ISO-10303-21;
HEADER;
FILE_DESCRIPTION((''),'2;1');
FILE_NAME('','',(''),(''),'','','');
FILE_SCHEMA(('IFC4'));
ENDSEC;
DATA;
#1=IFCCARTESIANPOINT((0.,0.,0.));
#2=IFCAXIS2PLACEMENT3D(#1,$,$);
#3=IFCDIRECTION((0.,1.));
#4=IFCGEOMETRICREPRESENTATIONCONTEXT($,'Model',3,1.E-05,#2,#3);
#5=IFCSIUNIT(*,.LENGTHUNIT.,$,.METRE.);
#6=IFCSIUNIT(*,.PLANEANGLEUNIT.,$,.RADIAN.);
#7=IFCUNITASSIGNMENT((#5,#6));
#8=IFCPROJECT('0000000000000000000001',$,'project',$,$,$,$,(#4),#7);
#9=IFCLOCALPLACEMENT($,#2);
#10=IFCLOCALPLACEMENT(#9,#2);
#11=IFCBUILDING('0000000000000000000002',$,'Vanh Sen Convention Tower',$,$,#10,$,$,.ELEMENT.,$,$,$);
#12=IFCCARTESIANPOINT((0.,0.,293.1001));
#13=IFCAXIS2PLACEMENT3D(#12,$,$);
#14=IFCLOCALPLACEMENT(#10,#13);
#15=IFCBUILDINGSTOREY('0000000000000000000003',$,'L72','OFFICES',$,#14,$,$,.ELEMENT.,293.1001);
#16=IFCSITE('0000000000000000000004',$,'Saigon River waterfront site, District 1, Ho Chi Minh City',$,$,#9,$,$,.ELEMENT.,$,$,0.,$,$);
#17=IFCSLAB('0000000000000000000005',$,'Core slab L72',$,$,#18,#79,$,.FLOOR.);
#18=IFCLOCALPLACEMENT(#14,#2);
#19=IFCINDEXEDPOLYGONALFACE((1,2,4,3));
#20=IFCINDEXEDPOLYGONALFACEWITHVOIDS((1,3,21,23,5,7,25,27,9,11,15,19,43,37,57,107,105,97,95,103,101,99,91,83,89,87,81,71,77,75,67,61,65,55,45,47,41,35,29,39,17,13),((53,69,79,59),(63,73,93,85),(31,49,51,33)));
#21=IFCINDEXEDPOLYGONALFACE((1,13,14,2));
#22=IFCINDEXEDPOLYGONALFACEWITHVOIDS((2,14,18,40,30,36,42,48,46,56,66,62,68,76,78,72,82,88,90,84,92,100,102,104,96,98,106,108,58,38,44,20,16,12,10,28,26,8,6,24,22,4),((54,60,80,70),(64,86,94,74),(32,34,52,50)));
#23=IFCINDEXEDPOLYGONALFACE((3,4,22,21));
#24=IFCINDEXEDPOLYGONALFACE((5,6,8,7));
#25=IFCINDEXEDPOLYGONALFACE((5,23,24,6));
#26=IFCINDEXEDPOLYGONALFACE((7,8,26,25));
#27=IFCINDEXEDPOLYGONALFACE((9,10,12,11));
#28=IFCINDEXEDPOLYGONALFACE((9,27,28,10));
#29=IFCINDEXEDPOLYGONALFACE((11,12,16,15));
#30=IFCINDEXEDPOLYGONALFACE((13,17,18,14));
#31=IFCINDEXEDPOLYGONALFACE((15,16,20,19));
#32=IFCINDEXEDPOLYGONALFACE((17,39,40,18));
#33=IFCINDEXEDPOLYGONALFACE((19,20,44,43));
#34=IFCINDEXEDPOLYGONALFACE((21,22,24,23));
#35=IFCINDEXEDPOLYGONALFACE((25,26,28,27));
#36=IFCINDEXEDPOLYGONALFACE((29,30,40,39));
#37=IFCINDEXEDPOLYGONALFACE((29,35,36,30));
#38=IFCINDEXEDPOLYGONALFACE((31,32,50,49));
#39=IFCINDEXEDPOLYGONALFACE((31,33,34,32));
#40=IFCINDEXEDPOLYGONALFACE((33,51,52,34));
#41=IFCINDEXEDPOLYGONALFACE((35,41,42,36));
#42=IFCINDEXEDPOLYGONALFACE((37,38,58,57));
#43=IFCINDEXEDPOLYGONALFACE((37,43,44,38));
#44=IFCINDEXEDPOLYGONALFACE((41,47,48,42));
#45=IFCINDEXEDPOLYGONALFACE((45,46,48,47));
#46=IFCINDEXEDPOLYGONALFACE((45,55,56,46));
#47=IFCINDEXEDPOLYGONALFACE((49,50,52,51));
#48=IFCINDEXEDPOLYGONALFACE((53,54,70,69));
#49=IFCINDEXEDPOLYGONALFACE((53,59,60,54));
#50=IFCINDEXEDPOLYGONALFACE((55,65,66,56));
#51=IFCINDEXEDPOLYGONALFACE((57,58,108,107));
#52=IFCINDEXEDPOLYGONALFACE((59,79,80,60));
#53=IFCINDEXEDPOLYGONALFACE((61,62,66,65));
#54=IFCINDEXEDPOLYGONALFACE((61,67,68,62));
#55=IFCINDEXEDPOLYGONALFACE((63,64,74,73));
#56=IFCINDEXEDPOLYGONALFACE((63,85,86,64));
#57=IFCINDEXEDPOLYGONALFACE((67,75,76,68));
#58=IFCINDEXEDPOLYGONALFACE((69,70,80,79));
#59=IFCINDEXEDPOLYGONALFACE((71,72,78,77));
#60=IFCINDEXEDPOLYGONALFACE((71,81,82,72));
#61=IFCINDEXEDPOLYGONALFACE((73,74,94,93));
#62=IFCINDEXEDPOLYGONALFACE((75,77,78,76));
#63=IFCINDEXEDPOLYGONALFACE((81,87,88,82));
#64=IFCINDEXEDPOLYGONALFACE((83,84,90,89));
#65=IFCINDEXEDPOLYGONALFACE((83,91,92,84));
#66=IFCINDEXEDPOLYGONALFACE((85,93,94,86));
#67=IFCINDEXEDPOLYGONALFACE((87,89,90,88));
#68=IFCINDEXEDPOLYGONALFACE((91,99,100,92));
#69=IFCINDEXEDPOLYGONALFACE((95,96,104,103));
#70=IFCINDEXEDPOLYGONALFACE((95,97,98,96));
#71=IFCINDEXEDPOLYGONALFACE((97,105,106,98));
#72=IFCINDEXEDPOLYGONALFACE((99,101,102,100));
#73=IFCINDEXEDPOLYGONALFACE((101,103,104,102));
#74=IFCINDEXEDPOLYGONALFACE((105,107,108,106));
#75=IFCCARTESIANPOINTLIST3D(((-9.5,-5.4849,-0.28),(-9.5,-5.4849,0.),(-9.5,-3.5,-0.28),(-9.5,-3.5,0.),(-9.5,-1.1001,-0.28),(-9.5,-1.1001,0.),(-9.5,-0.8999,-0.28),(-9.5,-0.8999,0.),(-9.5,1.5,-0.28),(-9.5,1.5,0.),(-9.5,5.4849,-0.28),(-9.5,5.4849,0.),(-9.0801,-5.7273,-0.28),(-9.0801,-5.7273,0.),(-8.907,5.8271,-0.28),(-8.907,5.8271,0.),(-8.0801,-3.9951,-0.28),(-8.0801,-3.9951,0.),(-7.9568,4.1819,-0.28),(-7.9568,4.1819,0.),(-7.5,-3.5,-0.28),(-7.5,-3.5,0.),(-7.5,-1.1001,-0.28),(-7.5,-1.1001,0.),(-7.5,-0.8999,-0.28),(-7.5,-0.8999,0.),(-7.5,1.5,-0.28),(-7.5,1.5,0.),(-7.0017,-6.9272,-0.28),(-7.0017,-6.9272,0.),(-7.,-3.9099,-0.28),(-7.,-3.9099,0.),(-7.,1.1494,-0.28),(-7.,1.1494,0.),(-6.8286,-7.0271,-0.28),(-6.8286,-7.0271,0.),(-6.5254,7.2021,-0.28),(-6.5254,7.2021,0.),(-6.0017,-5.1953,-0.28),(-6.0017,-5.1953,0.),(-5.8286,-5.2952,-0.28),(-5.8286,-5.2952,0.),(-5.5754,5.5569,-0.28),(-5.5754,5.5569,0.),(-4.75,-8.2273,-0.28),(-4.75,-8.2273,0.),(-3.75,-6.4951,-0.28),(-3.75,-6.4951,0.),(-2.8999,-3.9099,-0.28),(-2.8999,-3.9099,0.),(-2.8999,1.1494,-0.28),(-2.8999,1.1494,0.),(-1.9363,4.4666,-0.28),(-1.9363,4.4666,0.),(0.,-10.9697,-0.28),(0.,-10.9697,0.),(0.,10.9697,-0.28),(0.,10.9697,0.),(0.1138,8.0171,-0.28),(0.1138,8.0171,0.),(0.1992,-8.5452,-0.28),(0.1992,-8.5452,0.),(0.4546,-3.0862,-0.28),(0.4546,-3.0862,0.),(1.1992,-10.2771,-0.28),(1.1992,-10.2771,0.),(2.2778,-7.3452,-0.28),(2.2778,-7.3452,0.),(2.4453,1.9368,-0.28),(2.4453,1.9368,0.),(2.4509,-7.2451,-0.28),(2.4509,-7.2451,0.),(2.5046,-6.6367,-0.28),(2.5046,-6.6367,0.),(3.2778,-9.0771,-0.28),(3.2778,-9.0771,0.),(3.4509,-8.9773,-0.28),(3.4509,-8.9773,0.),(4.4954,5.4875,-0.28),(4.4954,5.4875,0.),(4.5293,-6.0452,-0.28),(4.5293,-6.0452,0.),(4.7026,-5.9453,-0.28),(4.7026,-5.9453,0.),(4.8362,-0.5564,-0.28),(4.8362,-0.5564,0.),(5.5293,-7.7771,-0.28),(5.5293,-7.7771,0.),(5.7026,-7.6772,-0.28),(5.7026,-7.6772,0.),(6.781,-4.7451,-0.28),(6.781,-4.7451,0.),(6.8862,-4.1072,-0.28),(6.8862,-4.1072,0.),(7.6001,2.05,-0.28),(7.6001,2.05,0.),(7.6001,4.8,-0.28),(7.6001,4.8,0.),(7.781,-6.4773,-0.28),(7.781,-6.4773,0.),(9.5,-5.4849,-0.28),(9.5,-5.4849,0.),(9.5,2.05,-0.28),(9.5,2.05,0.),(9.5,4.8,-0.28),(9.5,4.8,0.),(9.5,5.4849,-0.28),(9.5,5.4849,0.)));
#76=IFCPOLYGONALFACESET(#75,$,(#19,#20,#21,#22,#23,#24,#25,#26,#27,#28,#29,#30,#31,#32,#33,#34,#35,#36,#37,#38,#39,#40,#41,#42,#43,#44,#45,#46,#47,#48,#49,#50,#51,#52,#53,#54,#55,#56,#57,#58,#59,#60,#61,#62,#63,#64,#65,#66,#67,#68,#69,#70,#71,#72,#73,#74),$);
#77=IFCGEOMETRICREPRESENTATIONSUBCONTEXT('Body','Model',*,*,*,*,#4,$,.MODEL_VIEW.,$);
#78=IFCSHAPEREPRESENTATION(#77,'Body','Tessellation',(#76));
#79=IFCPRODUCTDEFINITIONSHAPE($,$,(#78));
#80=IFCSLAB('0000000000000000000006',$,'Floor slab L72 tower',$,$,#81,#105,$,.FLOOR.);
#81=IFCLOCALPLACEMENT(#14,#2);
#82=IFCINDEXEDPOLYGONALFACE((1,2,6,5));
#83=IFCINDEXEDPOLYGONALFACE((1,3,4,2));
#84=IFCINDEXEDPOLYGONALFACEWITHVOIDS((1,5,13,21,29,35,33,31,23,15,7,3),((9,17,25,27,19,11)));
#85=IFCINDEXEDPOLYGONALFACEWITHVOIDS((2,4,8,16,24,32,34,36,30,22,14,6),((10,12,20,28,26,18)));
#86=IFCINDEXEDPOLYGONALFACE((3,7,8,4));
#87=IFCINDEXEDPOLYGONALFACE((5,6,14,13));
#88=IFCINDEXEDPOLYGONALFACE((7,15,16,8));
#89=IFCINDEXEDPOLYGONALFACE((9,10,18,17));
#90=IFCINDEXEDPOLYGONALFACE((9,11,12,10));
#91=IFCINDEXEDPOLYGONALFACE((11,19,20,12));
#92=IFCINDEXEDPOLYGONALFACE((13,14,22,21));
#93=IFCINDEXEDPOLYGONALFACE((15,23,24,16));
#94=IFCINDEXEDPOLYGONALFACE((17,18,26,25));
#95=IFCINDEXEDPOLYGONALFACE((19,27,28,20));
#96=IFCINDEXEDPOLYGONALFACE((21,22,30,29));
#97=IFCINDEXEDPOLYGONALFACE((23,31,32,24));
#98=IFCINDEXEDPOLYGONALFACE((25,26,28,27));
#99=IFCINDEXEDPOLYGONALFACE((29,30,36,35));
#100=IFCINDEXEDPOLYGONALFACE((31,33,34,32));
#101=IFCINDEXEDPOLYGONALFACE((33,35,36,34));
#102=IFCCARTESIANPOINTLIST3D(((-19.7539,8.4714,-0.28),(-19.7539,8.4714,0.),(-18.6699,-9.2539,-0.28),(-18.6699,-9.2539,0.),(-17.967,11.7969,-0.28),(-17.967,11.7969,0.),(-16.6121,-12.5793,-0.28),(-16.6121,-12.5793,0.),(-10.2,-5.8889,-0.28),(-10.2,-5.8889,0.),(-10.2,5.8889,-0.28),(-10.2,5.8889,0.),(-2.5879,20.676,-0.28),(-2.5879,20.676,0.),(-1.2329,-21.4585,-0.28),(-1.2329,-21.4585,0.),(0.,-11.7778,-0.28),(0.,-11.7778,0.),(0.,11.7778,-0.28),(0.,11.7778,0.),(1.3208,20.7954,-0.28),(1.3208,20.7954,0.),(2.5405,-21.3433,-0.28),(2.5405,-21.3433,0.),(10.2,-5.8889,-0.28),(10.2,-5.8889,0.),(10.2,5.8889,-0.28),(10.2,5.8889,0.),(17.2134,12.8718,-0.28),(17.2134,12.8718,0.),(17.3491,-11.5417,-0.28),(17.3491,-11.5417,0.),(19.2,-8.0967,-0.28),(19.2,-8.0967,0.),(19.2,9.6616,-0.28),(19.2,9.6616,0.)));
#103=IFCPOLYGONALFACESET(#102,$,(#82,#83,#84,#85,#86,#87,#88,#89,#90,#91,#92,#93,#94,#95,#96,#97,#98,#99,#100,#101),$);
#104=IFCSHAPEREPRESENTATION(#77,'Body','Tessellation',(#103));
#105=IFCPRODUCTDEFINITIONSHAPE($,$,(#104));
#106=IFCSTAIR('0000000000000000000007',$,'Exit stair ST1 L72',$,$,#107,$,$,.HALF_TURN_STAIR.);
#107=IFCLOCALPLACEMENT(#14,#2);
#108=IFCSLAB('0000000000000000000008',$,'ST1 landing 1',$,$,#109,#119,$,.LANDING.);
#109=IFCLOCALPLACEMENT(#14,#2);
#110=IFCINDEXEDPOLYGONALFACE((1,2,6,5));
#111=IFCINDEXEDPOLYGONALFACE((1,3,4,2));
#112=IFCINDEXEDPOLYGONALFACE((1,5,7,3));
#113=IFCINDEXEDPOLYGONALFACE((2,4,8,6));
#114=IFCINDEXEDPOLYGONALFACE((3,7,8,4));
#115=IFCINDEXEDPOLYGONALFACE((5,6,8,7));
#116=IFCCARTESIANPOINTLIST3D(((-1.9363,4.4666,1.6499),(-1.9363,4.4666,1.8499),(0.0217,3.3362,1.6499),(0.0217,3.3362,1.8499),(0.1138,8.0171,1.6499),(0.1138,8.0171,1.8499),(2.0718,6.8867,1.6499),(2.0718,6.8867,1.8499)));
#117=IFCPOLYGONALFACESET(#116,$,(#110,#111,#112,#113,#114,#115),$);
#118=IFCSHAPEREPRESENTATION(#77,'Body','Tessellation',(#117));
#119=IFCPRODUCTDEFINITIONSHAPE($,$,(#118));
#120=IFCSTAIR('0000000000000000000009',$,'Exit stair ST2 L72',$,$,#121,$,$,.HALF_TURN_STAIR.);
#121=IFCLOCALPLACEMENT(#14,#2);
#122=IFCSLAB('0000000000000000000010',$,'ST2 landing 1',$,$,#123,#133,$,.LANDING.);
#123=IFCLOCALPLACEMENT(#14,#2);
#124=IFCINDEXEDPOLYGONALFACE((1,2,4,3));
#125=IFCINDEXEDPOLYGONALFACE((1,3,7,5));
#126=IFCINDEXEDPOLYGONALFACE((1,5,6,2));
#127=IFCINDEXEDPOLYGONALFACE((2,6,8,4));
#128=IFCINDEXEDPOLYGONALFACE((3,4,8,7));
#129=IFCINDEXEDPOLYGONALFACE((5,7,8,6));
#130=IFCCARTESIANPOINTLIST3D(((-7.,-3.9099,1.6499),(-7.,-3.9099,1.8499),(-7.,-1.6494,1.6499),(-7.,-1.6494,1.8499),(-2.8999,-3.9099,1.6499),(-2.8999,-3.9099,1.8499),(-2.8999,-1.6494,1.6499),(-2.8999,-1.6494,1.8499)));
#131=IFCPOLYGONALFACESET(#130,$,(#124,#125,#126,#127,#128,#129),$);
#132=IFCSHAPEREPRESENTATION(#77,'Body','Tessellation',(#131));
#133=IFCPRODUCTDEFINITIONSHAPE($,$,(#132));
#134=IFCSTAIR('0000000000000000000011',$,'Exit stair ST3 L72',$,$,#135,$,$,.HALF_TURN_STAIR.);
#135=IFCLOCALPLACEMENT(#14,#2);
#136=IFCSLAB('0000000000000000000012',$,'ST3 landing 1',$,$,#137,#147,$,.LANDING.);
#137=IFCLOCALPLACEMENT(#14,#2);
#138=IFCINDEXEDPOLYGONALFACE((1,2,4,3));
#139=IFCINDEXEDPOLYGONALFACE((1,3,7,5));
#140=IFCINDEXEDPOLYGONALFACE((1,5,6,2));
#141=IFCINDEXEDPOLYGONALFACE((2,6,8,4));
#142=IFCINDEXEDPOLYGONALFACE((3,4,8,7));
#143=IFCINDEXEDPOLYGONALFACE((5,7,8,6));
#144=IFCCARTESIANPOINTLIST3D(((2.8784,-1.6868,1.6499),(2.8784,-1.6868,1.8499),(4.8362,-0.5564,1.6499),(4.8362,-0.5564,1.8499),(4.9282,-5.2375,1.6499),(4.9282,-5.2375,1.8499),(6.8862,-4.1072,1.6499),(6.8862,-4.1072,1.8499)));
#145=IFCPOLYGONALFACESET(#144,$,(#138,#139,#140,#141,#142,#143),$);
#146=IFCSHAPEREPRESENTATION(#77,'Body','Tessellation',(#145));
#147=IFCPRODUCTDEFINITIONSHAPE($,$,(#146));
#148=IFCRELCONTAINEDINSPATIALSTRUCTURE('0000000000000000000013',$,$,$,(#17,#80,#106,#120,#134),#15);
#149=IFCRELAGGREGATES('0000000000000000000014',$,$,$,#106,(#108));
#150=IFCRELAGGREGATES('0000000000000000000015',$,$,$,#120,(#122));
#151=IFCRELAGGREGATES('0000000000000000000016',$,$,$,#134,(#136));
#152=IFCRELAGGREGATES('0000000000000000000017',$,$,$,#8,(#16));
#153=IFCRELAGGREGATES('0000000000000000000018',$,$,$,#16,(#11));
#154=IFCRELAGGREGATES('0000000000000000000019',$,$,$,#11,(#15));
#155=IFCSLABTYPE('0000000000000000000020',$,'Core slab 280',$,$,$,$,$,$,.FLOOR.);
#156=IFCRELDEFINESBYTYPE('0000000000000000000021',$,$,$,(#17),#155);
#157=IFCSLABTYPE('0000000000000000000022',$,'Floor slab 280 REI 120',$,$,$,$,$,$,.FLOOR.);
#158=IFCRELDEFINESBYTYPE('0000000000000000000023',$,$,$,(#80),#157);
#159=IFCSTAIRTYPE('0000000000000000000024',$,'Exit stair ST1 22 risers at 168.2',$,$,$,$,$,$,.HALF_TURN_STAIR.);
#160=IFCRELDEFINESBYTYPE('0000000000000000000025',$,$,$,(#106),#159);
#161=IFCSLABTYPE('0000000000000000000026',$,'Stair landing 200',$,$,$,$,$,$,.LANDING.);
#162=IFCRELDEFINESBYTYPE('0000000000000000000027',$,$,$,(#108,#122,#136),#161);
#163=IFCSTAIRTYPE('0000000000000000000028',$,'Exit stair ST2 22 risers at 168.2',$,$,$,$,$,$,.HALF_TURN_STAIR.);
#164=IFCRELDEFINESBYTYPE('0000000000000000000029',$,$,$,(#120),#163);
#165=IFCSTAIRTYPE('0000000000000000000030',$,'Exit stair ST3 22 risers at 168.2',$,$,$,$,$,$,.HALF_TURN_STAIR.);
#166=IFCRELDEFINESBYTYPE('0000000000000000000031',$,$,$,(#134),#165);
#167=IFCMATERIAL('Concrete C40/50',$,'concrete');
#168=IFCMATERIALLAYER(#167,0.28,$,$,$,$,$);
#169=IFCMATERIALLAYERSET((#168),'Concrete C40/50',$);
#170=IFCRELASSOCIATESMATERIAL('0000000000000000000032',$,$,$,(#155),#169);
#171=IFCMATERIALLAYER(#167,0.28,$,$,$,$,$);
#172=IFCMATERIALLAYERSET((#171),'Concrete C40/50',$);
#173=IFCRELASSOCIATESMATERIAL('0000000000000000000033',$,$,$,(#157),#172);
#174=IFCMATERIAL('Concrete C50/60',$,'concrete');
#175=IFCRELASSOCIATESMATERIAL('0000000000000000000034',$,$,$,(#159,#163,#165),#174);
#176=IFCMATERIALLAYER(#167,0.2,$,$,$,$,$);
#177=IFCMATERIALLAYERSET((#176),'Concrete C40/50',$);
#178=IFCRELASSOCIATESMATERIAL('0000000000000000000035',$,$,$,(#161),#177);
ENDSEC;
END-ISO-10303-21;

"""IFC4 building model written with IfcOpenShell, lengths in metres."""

from ifc_helpers import new_model, si_unit, direction, frame, origin, place, context, subcontext, project, spatial, polyline, outline, extrude, material, layer, layer_set, type_object, element, aggregate, save


model = new_model("IFC4")

# Units and contexts
model_context = context("Model", 3, precision=1e-05, world=origin(), true_north=direction((0.0, 1.0)))
body_context = subcontext(model_context, "Body", "Model", "MODEL_VIEW")
ifc_project = project(units=[si_unit("LENGTHUNIT", "METRE"), si_unit("PLANEANGLEUNIT", "RADIAN")], contexts=[model_context])

# Site, building, storey
site_placement = place(None, origin())
site = spatial("IfcSite", under=ifc_project, at=site_placement, Name="Saigon River waterfront site, District 1, Ho Chi Minh City", CompositionType="ELEMENT", RefElevation=0.0)
building_placement = place(site_placement, origin())
building = spatial("IfcBuilding", under=site, at=building_placement, Name="Vanh Sen Convention Tower", CompositionType="ELEMENT")
storey_placement = place(building_placement, frame((0.0, 0.0, 293.1001)))
storey = spatial("IfcBuildingStorey", under=building, at=storey_placement, Name="L72", Description="OFFICES", CompositionType="ELEMENT", Elevation=293.1001)

# Slabs
ifc_material_1 = material(Name="Concrete C40/50", Category="concrete")
ifc_layer_1 = layer(ifc_material_1, 0.28)
ifc_layer_set_1 = layer_set([ifc_layer_1], Name="Concrete C40/50")
slab_type_1 = type_object("IfcSlabType", Name="Core slab 280", PredefinedType="FLOOR", material=ifc_layer_set_1)
slab_1_placement = place(storey_placement, frame((0.0, 0.0, -0.28)))
element("IfcSlab", 1, at=slab_1_placement, inside=storey, type_object=slab_type_1, Name="Core slab L72", PredefinedType="FLOOR", context=body_context, shape_type="SweptSolid", body=[
    extrude(outline(polyline([(0.0, 10.9697), (9.5, 5.4849), (9.5, 4.8), (7.6001, 4.8), (7.6001, 2.05), (9.5, 2.05), (9.5, -5.4849), (7.781, -6.4773), (6.781, -4.7451), (4.7026, -5.9453), (5.7026, -7.6772), (5.5293, -7.7771), (4.5293, -6.0452), (2.4509, -7.2451), (3.4509, -8.9773), (3.2778, -9.0771), (2.2778, -7.3452), (0.1992, -8.5452), (1.1992, -10.2771), (0.0, -10.9697), (-4.75, -8.2273), (-3.75, -6.4951), (-5.8286, -5.2952), (-6.8286, -7.0271), (-7.0017, -6.9272), (-6.0017, -5.1953), (-8.0801, -3.9951), (-9.0801, -5.7273), (-9.5, -5.4849), (-9.5, -3.5), (-7.5, -3.5), (-7.5, -1.1001), (-9.5, -1.1001), (-9.5, -0.8999), (-7.5, -0.8999), (-7.5, 1.5), (-9.5, 1.5), (-9.5, 5.4849), (-8.907, 5.8271), (-7.9568, 4.1819), (-5.5754, 5.5569), (-6.5254, 7.2021), (0.0, 10.9697)]), holes=[polyline([(-7.0, 1.1494), (-7.0, -3.9099), (-2.8999, -3.9099), (-2.8999, 1.1494), (-7.0, 1.1494)]), polyline([(2.5046, -6.6367), (6.8862, -4.1072), (4.8362, -0.5564), (0.4546, -3.0862), (2.5046, -6.6367)]), polyline([(0.1138, 8.0171), (-1.9363, 4.4666), (2.4453, 1.9368), (4.4954, 5.4875), (0.1138, 8.0171)])]), origin(), (0.0, 0.0, 1.0), 0.28),
])
ifc_layer_2 = layer(ifc_material_1, 0.28)
ifc_layer_set_2 = layer_set([ifc_layer_2], Name="Concrete C40/50")
slab_type_2 = type_object("IfcSlabType", Name="Floor slab 280 REI 120", PredefinedType="FLOOR", material=ifc_layer_set_2)
slab_2_placement = place(storey_placement, frame((0.0, 0.0, -0.28)))
element("IfcSlab", 2, at=slab_2_placement, inside=storey, type_object=slab_type_2, Name="Floor slab L72 tower", PredefinedType="FLOOR", context=body_context, shape_type="SweptSolid", body=[
    extrude(outline(polyline([(19.2, -8.0967), (19.2, 9.6616), (17.2134, 12.8718), (1.3208, 20.7954), (-2.5879, 20.676), (-17.967, 11.7969), (-19.7539, 8.4714), (-18.6699, -9.2539), (-16.6121, -12.5793), (-1.2329, -21.4585), (2.5405, -21.3433), (17.3491, -11.5417), (19.2, -8.0967)]), holes=[polyline([(0.0, 11.7778), (-10.2, 5.8889), (-10.2, -5.8889), (0.0, -11.7778), (10.2, -5.8889), (10.2, 5.8889), (0.0, 11.7778)])]), origin(), (0.0, 0.0, 1.0), 0.28),
])

# Stairs, slabs
ifc_material_2 = material(Name="Concrete C50/60", Category="concrete")
stair_type_1 = type_object("IfcStairType", Name="Exit stair ST1 22 risers at 168.2", PredefinedType="HALF_TURN_STAIR", material=ifc_material_2)
stair_1_placement = place(storey_placement, origin())
stair_1 = element("IfcStair", 3, at=stair_1_placement, inside=storey, type_object=stair_type_1, Name="Exit stair ST1 L72", PredefinedType="HALF_TURN_STAIR")
ifc_layer_3 = layer(ifc_material_1, 0.2)
ifc_layer_set_3 = layer_set([ifc_layer_3], Name="Concrete C40/50")
slab_type_3 = type_object("IfcSlabType", Name="Stair landing 200", PredefinedType="LANDING", material=ifc_layer_set_3)
slab_3_placement = place(storey_placement, frame((0.0, 0.0, 1.6499)))
slab_3 = element("IfcSlab", 4, at=slab_3_placement, type_object=slab_type_3, Name="ST1 landing 1", PredefinedType="LANDING", context=body_context, shape_type="SweptSolid", body=[
    extrude(outline(polyline([(2.0718, 6.8867), (0.1138, 8.0171), (-1.9363, 4.4666), (0.0217, 3.3362), (2.0718, 6.8867)])), origin(), (0.0, 0.0, 1.0), 0.2),
])
aggregate(stair_1, [slab_3])
stair_type_2 = type_object("IfcStairType", Name="Exit stair ST2 22 risers at 168.2", PredefinedType="HALF_TURN_STAIR", material=ifc_material_2)
stair_2_placement = place(storey_placement, origin())
stair_2 = element("IfcStair", 5, at=stair_2_placement, inside=storey, type_object=stair_type_2, Name="Exit stair ST2 L72", PredefinedType="HALF_TURN_STAIR")
slab_4_placement = place(storey_placement, frame((0.0, 0.0, 1.6499)))
slab_4 = element("IfcSlab", 6, at=slab_4_placement, type_object=slab_type_3, Name="ST2 landing 1", PredefinedType="LANDING", context=body_context, shape_type="SweptSolid", body=[
    extrude(outline(polyline([(-7.0, -1.6494), (-7.0, -3.9099), (-2.8999, -3.9099), (-2.8999, -1.6494), (-7.0, -1.6494)])), origin(), (0.0, 0.0, 1.0), 0.2),
])
aggregate(stair_2, [slab_4])
stair_type_3 = type_object("IfcStairType", Name="Exit stair ST3 22 risers at 168.2", PredefinedType="HALF_TURN_STAIR", material=ifc_material_2)
stair_3_placement = place(storey_placement, origin())
stair_3 = element("IfcStair", 7, at=stair_3_placement, inside=storey, type_object=stair_type_3, Name="Exit stair ST3 L72", PredefinedType="HALF_TURN_STAIR")
slab_5_placement = place(storey_placement, frame((0.0, 0.0, 1.6499)))
slab_5 = element("IfcSlab", 8, at=slab_5_placement, type_object=slab_type_3, Name="ST3 landing 1", PredefinedType="LANDING", context=body_context, shape_type="SweptSolid", body=[
    extrude(outline(polyline([(4.9282, -5.2375), (6.8862, -4.1072), (4.8362, -0.5564), (2.8784, -1.6868), (4.9282, -5.2375)])), origin(), (0.0, 0.0, 1.0), 0.2),
])
aggregate(stair_3, [slab_5])

save(model, "model.ifc")
